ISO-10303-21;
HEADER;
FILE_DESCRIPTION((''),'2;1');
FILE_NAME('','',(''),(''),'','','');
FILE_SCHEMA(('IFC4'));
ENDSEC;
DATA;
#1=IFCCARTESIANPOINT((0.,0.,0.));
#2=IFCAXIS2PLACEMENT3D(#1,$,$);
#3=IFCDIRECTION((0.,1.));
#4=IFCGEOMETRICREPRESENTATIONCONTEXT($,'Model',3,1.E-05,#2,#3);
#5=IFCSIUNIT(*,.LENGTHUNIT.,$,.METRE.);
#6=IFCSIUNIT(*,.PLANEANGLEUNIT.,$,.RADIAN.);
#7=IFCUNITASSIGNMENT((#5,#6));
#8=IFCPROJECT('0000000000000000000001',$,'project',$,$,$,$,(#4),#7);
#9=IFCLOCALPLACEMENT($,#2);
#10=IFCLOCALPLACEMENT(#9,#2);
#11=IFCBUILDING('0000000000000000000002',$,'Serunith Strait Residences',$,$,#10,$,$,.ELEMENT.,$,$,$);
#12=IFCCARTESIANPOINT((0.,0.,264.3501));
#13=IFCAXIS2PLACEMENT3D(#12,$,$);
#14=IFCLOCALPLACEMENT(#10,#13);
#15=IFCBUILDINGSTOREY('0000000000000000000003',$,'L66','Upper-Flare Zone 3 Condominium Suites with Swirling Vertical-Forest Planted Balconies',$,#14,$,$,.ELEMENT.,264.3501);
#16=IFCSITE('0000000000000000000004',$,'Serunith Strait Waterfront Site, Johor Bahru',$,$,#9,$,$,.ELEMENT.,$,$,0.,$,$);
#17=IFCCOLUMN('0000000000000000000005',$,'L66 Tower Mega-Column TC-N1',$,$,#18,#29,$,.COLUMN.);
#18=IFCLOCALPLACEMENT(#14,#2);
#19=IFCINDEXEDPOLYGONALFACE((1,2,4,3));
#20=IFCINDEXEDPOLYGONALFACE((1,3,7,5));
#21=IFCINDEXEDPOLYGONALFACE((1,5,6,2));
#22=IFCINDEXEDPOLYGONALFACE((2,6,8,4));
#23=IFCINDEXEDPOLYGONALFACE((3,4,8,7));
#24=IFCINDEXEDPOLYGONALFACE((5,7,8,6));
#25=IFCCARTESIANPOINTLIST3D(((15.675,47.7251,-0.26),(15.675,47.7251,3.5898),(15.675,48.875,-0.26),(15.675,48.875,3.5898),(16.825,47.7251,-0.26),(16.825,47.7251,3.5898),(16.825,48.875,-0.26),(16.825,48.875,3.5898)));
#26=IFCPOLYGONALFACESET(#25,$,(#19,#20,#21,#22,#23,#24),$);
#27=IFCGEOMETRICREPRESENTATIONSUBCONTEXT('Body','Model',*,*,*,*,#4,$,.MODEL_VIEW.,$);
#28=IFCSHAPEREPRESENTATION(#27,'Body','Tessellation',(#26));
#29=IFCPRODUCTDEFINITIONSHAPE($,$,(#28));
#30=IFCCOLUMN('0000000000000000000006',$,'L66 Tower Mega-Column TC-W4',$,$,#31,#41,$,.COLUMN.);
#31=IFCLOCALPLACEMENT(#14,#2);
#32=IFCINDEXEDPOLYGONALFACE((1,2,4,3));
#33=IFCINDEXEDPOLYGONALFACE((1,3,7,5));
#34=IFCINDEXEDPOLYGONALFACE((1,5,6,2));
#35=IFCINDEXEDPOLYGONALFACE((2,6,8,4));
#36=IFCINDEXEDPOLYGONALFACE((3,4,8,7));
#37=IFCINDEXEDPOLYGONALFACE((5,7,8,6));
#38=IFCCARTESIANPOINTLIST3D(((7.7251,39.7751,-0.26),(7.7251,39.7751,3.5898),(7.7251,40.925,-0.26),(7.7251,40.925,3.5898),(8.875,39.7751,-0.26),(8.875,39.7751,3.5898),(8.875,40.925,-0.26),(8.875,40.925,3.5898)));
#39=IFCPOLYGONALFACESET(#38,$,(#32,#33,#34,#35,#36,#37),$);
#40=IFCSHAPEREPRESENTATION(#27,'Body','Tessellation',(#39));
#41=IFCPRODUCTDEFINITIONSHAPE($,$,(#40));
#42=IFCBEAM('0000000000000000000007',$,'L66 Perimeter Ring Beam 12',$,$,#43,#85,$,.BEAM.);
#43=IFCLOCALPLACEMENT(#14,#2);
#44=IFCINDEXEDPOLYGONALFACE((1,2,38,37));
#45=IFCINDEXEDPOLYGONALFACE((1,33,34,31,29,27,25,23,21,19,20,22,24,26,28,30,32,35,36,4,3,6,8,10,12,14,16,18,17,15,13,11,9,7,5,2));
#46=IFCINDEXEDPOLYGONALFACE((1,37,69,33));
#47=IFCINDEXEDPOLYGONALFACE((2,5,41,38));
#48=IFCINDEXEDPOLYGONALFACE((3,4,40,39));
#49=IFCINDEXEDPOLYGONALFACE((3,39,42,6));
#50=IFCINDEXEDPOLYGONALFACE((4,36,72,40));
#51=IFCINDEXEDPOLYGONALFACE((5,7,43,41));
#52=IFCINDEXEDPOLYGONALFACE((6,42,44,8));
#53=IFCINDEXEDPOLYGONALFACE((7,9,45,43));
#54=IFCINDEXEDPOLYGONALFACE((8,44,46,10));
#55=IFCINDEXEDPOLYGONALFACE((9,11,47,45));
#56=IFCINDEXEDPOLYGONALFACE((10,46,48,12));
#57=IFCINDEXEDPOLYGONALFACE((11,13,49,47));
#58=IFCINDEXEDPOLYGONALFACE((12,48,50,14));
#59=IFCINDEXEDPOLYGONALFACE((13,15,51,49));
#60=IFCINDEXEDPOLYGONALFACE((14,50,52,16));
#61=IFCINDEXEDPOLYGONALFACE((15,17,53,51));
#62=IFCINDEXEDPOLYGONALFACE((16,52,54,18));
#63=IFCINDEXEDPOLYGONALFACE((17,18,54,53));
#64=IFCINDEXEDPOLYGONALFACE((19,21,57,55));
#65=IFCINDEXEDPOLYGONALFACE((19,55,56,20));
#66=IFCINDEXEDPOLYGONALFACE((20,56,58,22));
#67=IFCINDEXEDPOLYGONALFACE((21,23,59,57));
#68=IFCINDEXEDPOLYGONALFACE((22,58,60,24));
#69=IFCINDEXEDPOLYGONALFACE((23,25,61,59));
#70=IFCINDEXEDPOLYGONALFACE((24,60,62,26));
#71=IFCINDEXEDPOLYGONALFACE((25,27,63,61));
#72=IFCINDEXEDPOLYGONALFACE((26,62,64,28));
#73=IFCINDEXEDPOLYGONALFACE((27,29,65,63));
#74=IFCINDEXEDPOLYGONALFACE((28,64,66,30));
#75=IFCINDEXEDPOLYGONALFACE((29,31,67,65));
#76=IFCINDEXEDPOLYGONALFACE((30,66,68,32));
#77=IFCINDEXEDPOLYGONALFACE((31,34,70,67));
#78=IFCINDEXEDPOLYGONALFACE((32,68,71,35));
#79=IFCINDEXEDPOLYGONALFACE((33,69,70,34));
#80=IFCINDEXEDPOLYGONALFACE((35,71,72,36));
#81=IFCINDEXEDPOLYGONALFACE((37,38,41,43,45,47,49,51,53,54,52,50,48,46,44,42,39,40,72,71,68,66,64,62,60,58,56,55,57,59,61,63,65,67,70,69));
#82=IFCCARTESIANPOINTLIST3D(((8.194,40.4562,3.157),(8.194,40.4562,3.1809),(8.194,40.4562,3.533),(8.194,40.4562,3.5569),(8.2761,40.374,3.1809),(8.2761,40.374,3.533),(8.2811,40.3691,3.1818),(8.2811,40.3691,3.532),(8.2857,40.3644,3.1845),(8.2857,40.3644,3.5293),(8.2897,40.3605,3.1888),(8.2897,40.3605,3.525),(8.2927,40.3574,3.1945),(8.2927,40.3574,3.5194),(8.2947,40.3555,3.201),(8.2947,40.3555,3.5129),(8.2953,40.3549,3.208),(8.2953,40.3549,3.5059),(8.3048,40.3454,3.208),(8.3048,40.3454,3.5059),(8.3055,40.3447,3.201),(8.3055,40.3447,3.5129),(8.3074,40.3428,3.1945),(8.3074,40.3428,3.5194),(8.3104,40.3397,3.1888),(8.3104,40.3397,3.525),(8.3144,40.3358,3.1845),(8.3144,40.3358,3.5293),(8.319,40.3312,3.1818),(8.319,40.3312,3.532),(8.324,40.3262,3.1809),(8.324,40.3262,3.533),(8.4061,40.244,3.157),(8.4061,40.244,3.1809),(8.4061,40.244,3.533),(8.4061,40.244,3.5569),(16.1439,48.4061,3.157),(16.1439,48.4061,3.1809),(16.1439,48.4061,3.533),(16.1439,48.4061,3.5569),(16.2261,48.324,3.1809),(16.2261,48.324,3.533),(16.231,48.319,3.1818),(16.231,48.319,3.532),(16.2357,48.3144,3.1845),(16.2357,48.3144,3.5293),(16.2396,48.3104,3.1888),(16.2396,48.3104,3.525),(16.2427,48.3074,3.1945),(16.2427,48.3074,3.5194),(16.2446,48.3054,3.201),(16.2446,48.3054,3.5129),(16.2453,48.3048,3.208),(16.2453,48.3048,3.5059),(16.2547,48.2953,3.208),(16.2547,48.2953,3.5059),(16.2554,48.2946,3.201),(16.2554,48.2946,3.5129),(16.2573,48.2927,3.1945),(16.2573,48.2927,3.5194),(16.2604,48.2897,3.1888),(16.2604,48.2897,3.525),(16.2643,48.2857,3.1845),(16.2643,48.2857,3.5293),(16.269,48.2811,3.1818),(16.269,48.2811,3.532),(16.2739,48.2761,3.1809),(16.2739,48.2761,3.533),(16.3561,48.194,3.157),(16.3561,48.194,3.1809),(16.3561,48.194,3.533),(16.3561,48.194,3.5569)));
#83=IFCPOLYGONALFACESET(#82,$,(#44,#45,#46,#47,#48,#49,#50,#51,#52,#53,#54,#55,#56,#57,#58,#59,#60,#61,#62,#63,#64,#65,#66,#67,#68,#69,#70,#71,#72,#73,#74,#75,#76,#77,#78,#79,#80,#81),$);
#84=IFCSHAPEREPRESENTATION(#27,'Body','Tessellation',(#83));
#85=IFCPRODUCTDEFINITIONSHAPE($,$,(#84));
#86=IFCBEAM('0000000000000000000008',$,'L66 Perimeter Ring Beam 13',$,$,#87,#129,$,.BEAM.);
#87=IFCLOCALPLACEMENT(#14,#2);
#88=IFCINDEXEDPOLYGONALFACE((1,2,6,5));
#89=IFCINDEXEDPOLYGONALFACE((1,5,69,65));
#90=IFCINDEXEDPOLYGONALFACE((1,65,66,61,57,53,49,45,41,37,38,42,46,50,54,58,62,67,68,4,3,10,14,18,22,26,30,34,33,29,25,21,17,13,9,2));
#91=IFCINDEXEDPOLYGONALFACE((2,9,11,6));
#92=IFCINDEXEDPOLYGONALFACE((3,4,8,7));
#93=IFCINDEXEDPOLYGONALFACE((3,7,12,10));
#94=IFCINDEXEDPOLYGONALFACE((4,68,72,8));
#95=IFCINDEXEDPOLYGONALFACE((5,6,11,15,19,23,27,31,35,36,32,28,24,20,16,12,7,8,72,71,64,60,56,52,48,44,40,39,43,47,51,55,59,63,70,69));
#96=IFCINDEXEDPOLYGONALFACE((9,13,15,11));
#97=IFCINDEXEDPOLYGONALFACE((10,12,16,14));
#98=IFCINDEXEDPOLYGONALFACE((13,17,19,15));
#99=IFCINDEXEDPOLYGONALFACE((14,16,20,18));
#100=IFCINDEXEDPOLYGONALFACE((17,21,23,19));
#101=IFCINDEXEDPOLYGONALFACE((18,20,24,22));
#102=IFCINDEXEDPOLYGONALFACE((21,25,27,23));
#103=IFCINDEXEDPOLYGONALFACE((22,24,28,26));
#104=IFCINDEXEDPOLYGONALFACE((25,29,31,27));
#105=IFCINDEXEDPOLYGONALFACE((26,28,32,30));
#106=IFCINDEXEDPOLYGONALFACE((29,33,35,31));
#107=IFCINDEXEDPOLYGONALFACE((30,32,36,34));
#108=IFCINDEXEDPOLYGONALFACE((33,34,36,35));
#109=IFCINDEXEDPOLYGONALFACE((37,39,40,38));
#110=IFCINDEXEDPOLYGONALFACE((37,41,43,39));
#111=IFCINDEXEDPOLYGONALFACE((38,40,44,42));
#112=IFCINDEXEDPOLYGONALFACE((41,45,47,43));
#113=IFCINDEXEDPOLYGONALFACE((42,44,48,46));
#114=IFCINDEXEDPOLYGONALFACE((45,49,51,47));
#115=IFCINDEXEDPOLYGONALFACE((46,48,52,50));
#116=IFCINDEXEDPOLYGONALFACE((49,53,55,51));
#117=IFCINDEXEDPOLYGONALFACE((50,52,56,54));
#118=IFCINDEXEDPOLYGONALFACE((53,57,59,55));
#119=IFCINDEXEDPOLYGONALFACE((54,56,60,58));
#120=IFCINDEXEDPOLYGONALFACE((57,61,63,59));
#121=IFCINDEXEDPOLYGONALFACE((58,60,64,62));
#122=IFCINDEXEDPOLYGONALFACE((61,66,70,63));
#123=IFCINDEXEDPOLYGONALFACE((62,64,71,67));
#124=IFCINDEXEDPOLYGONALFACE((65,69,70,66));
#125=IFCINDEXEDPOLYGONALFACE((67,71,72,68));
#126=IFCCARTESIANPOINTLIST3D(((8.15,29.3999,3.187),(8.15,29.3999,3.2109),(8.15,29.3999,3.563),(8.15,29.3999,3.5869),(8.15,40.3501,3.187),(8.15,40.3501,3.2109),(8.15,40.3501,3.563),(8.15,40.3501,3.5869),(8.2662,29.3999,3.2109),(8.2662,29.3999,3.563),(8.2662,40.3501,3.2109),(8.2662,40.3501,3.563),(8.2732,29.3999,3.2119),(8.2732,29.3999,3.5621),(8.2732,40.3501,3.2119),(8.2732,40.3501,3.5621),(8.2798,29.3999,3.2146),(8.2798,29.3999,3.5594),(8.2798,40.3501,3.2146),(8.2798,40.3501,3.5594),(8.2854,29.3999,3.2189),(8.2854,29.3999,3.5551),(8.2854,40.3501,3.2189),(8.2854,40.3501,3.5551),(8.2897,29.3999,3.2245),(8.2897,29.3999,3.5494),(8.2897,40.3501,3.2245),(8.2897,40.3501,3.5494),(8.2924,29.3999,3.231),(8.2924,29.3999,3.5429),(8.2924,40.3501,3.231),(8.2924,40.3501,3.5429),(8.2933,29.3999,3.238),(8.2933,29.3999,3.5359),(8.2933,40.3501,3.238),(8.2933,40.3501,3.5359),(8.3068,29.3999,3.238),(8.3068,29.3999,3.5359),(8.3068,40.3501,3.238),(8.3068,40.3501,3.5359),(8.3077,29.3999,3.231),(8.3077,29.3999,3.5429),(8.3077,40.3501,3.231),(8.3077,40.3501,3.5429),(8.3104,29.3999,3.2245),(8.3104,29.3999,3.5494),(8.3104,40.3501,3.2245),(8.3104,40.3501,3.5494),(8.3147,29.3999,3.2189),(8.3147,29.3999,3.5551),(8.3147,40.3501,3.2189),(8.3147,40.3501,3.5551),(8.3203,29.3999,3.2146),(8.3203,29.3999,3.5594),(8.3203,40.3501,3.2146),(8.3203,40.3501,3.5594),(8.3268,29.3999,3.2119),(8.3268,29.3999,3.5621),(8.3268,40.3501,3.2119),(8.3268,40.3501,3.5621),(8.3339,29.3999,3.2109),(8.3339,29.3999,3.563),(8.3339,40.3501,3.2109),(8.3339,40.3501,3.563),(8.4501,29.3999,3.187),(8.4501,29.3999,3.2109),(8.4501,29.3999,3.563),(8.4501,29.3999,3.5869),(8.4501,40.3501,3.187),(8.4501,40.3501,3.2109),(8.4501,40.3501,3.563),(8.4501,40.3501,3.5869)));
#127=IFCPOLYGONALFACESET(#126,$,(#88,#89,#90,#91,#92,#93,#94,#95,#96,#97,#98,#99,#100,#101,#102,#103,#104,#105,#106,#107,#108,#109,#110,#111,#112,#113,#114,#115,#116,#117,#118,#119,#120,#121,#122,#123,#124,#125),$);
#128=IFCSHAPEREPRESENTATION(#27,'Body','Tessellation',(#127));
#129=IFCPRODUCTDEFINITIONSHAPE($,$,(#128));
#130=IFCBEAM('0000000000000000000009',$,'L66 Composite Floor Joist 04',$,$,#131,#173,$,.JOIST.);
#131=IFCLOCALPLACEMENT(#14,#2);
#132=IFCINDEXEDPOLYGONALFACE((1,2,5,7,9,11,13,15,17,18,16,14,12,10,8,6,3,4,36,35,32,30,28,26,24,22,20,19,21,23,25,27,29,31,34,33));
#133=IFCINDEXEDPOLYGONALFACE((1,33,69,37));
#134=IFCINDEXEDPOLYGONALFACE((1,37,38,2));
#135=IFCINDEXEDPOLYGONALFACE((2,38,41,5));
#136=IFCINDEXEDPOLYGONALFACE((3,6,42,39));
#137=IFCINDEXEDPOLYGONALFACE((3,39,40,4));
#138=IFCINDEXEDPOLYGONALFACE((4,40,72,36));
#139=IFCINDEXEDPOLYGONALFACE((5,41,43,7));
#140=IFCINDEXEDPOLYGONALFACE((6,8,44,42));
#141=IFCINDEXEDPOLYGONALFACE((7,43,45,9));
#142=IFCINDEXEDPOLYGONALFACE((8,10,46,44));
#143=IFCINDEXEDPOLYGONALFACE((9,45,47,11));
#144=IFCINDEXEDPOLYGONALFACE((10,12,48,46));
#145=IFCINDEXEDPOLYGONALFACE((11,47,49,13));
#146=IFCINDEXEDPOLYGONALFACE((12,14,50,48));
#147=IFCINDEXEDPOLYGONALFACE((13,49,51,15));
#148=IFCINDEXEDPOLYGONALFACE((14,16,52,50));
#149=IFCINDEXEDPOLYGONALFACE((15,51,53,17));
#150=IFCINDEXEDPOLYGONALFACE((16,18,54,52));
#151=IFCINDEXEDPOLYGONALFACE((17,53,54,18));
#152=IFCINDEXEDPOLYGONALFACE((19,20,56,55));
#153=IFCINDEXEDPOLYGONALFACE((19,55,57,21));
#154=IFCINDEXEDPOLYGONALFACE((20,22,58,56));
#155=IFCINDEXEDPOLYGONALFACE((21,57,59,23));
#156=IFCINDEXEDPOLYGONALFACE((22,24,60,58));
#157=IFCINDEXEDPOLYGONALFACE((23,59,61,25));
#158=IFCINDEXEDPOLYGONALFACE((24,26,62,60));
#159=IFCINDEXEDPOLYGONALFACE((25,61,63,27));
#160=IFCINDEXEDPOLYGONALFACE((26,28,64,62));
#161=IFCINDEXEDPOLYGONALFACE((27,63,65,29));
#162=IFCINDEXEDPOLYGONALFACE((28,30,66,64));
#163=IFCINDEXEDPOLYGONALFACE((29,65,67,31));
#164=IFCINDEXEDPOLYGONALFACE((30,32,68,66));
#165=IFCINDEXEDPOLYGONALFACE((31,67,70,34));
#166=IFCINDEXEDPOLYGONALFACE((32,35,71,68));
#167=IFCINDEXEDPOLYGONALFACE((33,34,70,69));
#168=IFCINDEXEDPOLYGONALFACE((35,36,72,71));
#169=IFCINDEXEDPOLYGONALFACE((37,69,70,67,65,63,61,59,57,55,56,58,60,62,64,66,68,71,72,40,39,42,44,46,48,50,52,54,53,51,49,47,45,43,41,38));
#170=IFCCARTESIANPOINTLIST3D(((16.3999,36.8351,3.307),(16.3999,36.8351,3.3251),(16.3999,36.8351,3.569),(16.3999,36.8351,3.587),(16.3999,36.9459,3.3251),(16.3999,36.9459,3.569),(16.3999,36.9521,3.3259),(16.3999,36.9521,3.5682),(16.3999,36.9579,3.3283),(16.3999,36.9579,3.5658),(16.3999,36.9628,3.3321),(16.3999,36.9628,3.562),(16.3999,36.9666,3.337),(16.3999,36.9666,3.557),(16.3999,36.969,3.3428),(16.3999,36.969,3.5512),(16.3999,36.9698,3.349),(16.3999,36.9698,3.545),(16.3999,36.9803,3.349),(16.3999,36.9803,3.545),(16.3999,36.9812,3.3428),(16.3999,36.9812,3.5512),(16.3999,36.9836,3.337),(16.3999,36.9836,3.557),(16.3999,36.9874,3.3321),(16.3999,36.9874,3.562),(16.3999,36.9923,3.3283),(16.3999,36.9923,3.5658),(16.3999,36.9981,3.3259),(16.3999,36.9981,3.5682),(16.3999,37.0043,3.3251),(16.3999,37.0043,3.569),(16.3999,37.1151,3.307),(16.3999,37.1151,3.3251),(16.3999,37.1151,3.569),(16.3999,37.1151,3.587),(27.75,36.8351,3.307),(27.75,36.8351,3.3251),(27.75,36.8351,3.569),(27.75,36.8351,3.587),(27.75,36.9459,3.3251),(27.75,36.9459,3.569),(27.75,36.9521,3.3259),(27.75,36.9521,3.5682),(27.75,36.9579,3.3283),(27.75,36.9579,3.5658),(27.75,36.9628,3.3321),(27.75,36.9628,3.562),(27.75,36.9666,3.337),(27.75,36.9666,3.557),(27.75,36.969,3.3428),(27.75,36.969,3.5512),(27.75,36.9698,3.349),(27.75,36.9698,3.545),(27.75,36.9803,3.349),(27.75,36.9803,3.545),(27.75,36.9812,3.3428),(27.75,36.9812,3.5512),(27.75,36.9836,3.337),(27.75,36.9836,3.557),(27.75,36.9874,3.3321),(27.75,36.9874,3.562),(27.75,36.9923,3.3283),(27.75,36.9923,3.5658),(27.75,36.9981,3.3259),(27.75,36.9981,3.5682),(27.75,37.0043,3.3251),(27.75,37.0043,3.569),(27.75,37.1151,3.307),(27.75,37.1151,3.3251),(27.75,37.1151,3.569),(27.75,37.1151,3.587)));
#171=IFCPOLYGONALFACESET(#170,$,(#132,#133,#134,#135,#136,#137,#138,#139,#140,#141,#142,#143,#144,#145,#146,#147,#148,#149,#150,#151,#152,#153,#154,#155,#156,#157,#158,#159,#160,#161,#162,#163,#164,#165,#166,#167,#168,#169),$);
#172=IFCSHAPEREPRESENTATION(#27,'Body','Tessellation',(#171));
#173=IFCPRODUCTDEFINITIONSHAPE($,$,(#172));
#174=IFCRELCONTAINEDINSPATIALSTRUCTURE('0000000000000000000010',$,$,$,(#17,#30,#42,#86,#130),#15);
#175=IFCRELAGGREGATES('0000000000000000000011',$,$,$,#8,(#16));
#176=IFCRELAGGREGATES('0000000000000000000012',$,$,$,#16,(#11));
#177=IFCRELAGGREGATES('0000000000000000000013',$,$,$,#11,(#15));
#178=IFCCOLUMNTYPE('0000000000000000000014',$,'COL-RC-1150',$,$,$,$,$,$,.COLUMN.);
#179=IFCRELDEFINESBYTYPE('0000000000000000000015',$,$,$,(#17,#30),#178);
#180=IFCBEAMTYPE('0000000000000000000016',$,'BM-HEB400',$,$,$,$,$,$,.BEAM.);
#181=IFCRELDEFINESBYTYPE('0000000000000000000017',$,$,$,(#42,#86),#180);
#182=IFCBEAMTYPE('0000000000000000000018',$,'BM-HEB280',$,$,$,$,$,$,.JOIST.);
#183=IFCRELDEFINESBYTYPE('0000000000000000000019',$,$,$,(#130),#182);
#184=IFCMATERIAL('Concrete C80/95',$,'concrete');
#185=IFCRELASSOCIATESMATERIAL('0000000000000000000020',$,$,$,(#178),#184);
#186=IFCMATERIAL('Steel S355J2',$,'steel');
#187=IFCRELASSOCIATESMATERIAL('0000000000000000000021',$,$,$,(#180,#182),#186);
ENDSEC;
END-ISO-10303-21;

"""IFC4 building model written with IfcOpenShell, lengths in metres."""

from ifc_helpers import new_model, si_unit, direction, frame, origin, origin_2d, place, context, subcontext, project, spatial, rectangle, i_section, extrude, source, transform, mapped, material, material_profile, profile_set, type_object, element, save


model = new_model("IFC4")

# Units and contexts
model_context = context("Model", 3, precision=1e-05, world=origin(), true_north=direction((0.0, 1.0)))
body_context = subcontext(model_context, "Body", "Model", "MODEL_VIEW")
ifc_project = project(units=[si_unit("LENGTHUNIT", "METRE"), si_unit("PLANEANGLEUNIT", "RADIAN")], contexts=[model_context])

# Site, building, storey
site_placement = place(None, origin())
site = spatial("IfcSite", under=ifc_project, at=site_placement, Name="Serunith Strait Waterfront Site, Johor Bahru", CompositionType="ELEMENT", RefElevation=0.0)
building_placement = place(site_placement, origin())
building = spatial("IfcBuilding", under=site, at=building_placement, Name="Serunith Strait Residences", CompositionType="ELEMENT")
storey_placement = place(building_placement, frame((0.0, 0.0, 264.3501)))
storey = spatial("IfcBuildingStorey", under=building, at=storey_placement, Name="L66", Description="Upper-Flare Zone 3 Condominium Suites with Swirling Vertical-Forest Planted Balconies", CompositionType="ELEMENT", Elevation=264.3501)

# Columns
ifc_material_1 = material(Name="Concrete C80/95", Category="concrete")
ifc_material_profile_1 = material_profile(ifc_material_1, rectangle(XDim=1.1499, YDim=1.1499, at=origin_2d()), Name="RC 1150x1150")
ifc_profile_set_1 = profile_set([ifc_material_profile_1], Name="Concrete C80/95")
column_type = type_object("IfcColumnType", Name="COL-RC-1150", PredefinedType="COLUMN", material=ifc_profile_set_1)
shared_shape_1 = source(origin(), body_context, "Body", "SweptSolid", [
    extrude(rectangle(XDim=1.1499, YDim=1.1499, at=origin_2d()), origin(), (0.0, 0.0, 1.0), 3.8499),
])
for number, where, z_axis, x_axis, name in (
    (1, (16.25, 48.3, -0.26), (0.0, 0.0, 1.0), (1.0, 0.0, 0.0), "L66 Tower Mega-Column TC-N1"),
    (2, (8.3, 40.3501, -0.26), (0.0, 0.0, 1.0), (1.0, 0.0, 0.0), "L66 Tower Mega-Column TC-W4"),
):
    element("IfcColumn", number, at=place(storey_placement, frame(where, z_axis=z_axis, x_axis=x_axis)), inside=storey, type_object=column_type, Name=name, PredefinedType="COLUMN", context=body_context, shape_type="MappedRepresentation", body=[
        mapped(shared_shape_1, transform((0.0, 0.0, 0.0), scale=1.0)),
    ])

# Beams
ifc_material_2 = material(Name="Steel S355J2", Category="steel")
ifc_material_profile_2 = material_profile(ifc_material_2, i_section(OverallWidth=0.3, OverallDepth=0.3999, WebThickness=0.0134, FlangeThickness=0.0239, FilletRadius=0.0271, at=origin_2d()), Name="HEB 400")
ifc_profile_set_2 = profile_set([ifc_material_profile_2], Name="Steel S355J2")
beam_type_1 = type_object("IfcBeamType", Name="BM-HEB400", PredefinedType="BEAM", material=ifc_profile_set_2)
shared_shape_2 = source(origin(), body_context, "Body", "SweptSolid", [
    extrude(i_section(OverallWidth=0.3, OverallDepth=0.3999, WebThickness=0.0134, FlangeThickness=0.0239, FilletRadius=0.0271, at=origin_2d()), origin(), (0.0, 0.0, 1.0), 11.2429),
])
beam_1_placement = place(storey_placement, frame((16.25, 48.3, 3.3569), z_axis=(-0.707107, -0.707107, 0.0), x_axis=(0.707107, -0.707107, 0.0)))
element("IfcBeam", 3, at=beam_1_placement, inside=storey, type_object=beam_type_1, Name="L66 Perimeter Ring Beam 12", PredefinedType="BEAM", context=body_context, shape_type="MappedRepresentation", body=[
    mapped(shared_shape_2, transform((0.0, 0.0, 0.0), scale=1.0)),
])
shared_shape_3 = source(origin(), body_context, "Body", "SweptSolid", [
    extrude(i_section(OverallWidth=0.3, OverallDepth=0.3999, WebThickness=0.0134, FlangeThickness=0.0239, FilletRadius=0.0271, at=origin_2d()), origin(), (0.0, 0.0, 1.0), 10.9502),
])
beam_2_placement = place(storey_placement, frame((8.3, 40.3501, 3.387), z_axis=(0.0, -1.0, 0.0), x_axis=(1.0, 0.0, 0.0)))
element("IfcBeam", 4, at=beam_2_placement, inside=storey, type_object=beam_type_1, Name="L66 Perimeter Ring Beam 13", PredefinedType="BEAM", context=body_context, shape_type="MappedRepresentation", body=[
    mapped(shared_shape_3, transform((0.0, 0.0, 0.0), scale=1.0)),
])
ifc_material_profile_3 = material_profile(ifc_material_2, i_section(OverallWidth=0.28, OverallDepth=0.28, WebThickness=0.0105, FlangeThickness=0.0181, FilletRadius=0.0239, at=origin_2d()), Name="HEB 280")
ifc_profile_set_3 = profile_set([ifc_material_profile_3], Name="Steel S355J2")
beam_type_2 = type_object("IfcBeamType", Name="BM-HEB280", PredefinedType="JOIST", material=ifc_profile_set_3)
shared_shape_4 = source(origin(), body_context, "Body", "SweptSolid", [
    extrude(i_section(OverallWidth=0.28, OverallDepth=0.28, WebThickness=0.0105, FlangeThickness=0.0181, FilletRadius=0.0239, at=origin_2d()), origin(), (0.0, 0.0, 1.0), 11.3501),
])
beam_3_placement = place(storey_placement, frame((16.3999, 36.9751, 3.447), z_axis=(1.0, 0.0, 0.0), x_axis=(0.0, 1.0, 0.0)))
element("IfcBeam", 5, at=beam_3_placement, inside=storey, type_object=beam_type_2, Name="L66 Composite Floor Joist 04", PredefinedType="JOIST", context=body_context, shape_type="MappedRepresentation", body=[
    mapped(shared_shape_4, transform((0.0, 0.0, 0.0), scale=1.0)),
])

save(model, "model.ifc")
